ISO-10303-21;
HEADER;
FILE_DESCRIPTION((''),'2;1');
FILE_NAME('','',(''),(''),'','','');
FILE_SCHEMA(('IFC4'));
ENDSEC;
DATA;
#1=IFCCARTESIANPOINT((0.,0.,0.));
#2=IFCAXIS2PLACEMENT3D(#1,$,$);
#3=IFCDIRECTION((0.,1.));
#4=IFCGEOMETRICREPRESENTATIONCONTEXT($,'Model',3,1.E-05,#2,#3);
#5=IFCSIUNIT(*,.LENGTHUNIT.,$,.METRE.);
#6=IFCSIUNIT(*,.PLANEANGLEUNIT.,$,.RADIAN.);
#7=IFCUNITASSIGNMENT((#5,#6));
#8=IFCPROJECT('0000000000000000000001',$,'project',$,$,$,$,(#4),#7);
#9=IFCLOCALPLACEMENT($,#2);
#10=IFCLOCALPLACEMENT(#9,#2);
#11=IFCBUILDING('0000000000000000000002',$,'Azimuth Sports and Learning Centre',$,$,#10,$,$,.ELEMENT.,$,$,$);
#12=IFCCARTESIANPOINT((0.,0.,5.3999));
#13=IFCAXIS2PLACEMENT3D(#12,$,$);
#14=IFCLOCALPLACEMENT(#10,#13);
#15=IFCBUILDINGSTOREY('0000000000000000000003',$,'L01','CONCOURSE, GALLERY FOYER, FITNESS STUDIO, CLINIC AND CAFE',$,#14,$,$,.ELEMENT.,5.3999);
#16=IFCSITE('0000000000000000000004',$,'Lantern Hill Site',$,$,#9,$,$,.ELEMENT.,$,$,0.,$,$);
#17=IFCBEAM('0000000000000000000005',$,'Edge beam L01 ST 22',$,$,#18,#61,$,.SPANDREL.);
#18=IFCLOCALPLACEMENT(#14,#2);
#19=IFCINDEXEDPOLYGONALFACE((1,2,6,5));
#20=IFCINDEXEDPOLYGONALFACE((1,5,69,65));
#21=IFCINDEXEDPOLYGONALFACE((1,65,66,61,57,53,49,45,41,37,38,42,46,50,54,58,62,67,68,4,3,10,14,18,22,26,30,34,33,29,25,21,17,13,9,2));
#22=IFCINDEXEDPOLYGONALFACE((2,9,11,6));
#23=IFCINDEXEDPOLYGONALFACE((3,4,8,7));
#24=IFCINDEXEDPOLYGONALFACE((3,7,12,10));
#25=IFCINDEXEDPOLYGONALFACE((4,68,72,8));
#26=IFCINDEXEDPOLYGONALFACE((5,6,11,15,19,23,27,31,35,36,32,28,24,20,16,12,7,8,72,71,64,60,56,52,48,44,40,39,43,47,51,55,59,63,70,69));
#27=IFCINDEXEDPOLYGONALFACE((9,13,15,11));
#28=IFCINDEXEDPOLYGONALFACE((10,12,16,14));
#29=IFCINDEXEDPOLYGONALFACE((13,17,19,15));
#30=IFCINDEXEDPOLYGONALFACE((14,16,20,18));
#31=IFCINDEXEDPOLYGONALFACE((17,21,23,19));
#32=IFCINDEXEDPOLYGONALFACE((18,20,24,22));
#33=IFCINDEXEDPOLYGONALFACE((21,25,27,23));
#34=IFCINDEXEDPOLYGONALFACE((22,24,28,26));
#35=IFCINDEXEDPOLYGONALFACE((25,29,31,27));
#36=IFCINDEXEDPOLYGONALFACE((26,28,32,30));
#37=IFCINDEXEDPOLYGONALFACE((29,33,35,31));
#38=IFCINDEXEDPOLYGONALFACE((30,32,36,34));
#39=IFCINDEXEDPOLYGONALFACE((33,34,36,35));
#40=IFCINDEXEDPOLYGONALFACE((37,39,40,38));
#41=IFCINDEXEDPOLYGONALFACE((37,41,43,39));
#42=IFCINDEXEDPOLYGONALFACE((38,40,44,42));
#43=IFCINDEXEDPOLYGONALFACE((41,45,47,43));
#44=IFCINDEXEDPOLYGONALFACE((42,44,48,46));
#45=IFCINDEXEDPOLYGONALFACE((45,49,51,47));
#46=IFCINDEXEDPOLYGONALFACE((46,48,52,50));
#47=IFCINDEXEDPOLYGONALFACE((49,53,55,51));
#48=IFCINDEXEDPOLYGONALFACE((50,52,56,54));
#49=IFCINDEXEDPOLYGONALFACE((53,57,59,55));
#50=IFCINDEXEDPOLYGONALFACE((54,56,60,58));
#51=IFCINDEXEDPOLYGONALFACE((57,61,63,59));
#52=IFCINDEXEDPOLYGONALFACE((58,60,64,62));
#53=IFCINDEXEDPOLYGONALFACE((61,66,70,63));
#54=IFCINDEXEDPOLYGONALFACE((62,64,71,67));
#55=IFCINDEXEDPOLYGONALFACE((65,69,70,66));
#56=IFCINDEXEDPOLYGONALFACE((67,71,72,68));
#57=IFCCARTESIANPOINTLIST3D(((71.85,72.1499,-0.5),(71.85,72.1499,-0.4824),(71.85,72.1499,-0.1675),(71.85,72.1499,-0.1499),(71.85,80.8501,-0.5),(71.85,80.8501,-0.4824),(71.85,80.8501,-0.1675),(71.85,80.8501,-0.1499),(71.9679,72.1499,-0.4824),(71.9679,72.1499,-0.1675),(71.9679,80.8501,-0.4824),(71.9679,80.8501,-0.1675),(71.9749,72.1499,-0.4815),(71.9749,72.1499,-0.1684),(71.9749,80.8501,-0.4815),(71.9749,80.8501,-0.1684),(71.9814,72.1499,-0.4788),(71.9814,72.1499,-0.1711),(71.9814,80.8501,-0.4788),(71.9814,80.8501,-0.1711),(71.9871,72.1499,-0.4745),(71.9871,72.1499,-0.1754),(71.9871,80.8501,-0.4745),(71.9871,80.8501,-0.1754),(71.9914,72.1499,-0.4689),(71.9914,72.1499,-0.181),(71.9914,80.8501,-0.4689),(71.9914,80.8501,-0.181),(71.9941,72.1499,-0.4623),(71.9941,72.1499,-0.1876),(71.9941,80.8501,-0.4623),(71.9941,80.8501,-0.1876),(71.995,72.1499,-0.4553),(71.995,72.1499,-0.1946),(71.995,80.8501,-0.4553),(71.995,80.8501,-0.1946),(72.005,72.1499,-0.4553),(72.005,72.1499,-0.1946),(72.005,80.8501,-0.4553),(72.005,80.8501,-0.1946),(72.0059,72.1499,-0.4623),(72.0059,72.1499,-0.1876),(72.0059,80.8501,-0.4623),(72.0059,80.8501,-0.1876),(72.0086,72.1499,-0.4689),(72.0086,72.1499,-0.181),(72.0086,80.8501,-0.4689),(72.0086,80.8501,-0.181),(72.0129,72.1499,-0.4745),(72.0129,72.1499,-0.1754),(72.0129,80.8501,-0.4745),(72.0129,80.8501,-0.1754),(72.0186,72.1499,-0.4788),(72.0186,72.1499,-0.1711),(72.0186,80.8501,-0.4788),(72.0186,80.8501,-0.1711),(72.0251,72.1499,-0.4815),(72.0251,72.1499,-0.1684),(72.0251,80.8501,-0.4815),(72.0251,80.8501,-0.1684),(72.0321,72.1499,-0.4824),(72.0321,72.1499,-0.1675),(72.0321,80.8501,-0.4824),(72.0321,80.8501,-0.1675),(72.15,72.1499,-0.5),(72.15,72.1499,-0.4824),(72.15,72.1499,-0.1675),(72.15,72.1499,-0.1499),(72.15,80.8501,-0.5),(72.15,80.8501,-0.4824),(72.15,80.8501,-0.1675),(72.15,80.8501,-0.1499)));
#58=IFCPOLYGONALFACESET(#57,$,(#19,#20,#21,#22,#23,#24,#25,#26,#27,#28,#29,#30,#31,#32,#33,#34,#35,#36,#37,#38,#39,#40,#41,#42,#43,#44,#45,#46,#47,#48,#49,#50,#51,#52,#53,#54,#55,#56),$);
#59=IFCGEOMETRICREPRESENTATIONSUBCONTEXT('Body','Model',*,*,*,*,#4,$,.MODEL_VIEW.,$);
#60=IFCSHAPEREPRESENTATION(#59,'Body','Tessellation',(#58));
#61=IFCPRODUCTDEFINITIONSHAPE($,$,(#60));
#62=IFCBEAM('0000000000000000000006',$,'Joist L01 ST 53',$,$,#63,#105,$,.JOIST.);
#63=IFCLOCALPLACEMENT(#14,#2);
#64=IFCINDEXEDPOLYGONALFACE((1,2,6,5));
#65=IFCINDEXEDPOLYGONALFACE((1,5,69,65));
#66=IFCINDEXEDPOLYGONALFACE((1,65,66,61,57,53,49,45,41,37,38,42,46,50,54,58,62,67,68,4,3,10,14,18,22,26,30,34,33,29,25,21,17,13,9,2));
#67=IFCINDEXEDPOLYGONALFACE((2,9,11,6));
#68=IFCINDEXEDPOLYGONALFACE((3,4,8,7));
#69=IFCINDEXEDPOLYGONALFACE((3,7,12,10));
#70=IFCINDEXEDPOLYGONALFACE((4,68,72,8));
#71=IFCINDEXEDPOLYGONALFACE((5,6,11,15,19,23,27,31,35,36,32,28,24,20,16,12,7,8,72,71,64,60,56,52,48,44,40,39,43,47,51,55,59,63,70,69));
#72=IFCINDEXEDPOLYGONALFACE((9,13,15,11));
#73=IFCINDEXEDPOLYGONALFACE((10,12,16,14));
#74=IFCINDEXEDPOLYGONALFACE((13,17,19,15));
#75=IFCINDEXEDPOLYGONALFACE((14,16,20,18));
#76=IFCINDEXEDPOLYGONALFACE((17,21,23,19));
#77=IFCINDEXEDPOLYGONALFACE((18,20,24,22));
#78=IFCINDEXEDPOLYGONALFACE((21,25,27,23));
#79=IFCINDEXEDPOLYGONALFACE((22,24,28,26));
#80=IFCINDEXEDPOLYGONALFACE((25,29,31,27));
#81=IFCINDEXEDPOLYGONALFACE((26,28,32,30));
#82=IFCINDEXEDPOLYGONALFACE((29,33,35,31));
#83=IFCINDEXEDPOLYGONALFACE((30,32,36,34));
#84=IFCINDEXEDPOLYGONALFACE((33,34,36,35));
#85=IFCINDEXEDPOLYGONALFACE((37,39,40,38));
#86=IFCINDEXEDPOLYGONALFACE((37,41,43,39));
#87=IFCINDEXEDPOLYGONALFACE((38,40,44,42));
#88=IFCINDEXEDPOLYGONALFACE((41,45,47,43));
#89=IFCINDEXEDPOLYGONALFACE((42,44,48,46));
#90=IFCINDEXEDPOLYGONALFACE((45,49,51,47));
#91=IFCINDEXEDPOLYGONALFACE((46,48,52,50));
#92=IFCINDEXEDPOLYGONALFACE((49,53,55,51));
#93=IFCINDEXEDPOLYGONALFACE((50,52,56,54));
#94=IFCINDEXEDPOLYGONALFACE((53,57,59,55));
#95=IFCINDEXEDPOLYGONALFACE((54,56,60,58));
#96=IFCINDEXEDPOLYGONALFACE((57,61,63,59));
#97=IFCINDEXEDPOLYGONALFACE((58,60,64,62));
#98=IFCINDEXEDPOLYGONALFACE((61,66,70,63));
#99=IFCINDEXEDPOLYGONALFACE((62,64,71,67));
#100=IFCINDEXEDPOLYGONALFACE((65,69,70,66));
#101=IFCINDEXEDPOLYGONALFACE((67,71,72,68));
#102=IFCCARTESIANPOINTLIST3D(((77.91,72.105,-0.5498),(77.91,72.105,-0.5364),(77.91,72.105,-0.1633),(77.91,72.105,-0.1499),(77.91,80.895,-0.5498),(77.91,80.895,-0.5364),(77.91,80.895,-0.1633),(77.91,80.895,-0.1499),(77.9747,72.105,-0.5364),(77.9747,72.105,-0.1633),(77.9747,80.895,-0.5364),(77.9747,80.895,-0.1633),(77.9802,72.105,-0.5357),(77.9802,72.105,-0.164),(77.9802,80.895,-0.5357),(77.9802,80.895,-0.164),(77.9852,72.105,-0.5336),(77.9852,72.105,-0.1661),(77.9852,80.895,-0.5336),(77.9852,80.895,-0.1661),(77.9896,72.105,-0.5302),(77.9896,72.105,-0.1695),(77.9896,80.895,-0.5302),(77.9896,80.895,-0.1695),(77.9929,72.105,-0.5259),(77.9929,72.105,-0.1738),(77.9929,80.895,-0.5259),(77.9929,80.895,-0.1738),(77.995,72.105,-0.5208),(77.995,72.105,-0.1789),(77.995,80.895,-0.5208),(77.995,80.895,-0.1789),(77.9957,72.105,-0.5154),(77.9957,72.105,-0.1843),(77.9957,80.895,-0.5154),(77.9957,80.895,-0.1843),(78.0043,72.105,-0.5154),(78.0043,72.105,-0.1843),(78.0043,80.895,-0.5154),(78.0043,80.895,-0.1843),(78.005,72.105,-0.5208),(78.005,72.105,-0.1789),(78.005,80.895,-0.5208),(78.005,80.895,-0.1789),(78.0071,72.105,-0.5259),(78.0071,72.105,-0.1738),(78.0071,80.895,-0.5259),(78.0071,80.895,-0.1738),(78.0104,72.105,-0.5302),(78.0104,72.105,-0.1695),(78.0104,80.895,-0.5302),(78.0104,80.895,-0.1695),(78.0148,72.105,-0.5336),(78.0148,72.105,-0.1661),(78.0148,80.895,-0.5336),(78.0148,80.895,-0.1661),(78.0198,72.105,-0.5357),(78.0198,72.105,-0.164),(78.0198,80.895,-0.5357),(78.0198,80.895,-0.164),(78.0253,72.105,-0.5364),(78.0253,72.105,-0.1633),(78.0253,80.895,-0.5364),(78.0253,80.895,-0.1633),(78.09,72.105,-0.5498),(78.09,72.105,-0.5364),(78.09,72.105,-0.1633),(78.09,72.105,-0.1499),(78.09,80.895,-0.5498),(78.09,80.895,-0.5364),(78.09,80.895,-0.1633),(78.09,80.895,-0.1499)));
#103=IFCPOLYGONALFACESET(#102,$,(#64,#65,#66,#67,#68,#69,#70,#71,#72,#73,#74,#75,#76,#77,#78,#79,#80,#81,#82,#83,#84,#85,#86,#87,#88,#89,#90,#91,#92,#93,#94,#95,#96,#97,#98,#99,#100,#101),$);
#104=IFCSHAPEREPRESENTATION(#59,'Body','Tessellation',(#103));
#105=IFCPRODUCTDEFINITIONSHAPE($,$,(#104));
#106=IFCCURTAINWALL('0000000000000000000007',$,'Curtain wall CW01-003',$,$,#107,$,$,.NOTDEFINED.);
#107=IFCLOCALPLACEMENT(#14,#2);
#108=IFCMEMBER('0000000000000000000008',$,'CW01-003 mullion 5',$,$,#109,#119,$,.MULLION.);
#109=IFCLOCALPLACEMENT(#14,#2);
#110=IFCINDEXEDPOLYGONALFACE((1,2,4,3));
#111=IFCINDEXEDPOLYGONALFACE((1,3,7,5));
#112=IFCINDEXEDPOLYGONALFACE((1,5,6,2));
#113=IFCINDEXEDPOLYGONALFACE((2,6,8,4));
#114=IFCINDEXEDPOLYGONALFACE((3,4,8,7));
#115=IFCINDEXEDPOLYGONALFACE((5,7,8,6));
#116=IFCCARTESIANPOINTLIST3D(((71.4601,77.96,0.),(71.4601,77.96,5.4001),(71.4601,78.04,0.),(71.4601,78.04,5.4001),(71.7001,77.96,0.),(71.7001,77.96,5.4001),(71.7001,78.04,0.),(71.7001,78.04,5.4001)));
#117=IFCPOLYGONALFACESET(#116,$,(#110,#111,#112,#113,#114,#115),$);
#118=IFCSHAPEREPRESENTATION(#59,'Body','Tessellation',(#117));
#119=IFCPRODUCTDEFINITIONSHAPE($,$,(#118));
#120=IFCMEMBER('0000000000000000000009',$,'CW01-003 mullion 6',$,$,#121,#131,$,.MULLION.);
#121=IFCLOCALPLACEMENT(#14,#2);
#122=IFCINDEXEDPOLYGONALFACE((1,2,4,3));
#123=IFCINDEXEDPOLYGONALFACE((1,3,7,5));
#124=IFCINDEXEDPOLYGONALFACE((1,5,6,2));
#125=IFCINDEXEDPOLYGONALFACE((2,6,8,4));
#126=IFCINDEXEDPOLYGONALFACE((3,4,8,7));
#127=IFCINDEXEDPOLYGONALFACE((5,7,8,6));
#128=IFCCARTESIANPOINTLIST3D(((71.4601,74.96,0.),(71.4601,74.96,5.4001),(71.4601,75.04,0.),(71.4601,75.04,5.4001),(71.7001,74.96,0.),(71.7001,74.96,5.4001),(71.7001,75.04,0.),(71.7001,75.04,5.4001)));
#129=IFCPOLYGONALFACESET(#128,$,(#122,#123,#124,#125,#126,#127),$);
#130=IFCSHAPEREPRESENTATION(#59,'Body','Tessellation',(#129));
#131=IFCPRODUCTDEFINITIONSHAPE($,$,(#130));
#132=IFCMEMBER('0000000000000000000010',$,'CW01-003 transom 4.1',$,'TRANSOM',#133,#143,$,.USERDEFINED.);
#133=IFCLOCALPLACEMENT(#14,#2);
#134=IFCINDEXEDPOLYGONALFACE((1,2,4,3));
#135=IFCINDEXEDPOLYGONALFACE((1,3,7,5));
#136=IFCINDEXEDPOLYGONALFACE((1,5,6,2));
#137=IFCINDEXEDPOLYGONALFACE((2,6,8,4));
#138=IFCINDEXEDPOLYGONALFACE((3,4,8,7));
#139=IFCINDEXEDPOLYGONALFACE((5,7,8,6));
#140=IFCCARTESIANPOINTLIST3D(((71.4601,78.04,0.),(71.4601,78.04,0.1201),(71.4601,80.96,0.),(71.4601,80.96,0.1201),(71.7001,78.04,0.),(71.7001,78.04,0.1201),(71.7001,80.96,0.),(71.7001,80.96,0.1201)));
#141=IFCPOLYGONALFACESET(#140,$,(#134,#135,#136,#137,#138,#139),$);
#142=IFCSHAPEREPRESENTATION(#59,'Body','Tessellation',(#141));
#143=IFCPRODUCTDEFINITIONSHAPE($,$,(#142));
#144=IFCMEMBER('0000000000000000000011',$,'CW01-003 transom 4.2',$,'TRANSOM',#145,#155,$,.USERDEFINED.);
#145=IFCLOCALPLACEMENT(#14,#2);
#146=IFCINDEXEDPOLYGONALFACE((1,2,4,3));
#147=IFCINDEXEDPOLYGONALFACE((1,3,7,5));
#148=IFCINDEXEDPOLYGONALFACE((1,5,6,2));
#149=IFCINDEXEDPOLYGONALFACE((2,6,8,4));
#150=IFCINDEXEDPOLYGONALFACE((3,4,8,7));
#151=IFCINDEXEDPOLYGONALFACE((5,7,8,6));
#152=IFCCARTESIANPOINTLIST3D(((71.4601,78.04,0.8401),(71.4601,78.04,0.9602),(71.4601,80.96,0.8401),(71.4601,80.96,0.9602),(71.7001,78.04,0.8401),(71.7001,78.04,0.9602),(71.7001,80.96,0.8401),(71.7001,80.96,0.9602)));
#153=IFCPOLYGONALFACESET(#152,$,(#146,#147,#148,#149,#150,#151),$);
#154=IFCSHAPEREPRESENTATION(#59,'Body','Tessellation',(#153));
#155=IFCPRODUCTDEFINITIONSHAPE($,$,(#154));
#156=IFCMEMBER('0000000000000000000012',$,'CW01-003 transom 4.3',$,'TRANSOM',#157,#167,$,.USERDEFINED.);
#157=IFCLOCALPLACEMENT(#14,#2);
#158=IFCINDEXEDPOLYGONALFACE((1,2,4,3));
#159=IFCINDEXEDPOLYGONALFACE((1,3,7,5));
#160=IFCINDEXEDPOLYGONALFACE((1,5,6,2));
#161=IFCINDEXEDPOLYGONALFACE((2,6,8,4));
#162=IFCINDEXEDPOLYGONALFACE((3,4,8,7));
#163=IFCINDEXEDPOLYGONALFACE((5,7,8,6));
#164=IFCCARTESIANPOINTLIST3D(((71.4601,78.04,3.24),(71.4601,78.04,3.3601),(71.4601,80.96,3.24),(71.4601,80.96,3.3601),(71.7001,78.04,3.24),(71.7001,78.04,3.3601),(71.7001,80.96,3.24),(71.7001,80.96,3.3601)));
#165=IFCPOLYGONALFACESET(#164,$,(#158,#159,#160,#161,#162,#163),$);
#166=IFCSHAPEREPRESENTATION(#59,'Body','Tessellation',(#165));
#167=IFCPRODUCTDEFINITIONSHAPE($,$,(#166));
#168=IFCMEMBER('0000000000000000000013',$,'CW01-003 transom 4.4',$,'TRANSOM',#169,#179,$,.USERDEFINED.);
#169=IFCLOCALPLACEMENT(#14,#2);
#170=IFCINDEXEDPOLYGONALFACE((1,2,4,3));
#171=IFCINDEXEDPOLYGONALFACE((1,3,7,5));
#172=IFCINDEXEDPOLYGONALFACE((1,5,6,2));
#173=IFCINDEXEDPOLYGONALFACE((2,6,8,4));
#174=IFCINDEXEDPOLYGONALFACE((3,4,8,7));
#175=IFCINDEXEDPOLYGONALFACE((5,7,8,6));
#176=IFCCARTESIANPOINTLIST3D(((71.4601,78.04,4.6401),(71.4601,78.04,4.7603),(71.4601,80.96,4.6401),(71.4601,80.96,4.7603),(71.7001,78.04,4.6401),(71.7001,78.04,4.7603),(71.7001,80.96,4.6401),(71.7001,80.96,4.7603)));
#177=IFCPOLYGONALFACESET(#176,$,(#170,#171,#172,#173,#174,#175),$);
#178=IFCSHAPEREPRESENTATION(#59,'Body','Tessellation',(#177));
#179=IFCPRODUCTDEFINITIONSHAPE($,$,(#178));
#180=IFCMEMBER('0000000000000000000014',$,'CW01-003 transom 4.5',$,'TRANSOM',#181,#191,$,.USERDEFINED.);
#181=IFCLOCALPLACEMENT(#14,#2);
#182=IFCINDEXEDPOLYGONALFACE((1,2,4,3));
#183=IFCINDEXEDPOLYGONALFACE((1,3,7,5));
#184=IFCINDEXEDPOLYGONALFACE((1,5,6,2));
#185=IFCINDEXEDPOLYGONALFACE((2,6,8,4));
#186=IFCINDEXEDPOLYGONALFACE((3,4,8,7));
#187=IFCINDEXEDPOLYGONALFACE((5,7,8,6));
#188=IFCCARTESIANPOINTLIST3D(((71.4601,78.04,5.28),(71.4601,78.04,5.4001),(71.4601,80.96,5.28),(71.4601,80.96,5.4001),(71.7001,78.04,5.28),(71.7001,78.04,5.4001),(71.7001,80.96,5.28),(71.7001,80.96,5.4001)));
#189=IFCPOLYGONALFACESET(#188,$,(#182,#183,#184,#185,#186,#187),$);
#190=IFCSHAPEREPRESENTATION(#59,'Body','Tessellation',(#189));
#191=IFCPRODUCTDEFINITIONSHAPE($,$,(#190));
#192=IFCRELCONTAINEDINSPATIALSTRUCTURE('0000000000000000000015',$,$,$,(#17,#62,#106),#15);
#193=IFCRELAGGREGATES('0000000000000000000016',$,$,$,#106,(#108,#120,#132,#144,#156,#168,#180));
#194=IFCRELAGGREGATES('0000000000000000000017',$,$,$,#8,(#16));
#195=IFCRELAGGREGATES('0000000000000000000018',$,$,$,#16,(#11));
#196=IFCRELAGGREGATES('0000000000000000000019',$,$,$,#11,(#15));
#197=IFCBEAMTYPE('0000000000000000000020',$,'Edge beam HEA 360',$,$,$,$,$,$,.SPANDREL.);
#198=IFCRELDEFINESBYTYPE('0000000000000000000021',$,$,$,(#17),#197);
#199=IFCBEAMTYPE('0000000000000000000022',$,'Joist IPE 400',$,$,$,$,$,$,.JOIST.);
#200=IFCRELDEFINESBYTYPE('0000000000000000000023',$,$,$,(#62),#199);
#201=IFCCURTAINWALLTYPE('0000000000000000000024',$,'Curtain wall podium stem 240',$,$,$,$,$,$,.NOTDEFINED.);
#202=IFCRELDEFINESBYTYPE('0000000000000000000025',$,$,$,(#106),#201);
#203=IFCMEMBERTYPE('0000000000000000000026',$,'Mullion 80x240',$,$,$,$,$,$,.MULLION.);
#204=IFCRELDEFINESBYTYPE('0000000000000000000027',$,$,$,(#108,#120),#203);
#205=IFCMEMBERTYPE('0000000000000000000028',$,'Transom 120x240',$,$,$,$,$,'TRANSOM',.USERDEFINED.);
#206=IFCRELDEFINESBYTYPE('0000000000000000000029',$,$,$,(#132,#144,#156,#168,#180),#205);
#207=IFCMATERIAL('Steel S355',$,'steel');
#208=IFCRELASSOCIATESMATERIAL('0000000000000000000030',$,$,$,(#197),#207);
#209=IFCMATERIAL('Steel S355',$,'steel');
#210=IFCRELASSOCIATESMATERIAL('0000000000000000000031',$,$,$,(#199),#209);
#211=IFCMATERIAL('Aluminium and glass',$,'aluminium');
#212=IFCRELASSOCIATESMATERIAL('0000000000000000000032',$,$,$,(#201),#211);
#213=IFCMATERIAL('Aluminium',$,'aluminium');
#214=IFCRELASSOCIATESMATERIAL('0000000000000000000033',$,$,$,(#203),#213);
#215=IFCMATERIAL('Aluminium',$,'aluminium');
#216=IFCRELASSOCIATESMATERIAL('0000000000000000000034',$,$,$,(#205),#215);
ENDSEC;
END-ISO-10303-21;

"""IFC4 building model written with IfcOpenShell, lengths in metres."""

from ifc_helpers import new_model, si_unit, direction, frame, origin, origin_2d, place, context, subcontext, project, spatial, rectangle, i_section, extrude, material, material_profile, profile_set, type_object, element, aggregate, save


model = new_model("IFC4")

# Units and contexts
model_context = context("Model", 3, precision=1e-05, world=origin(), true_north=direction((0.0, 1.0)))
body_context = subcontext(model_context, "Body", "Model", "MODEL_VIEW")
ifc_project = project(units=[si_unit("LENGTHUNIT", "METRE"), si_unit("PLANEANGLEUNIT", "RADIAN")], contexts=[model_context])

# Site, building, storey
site_placement = place(None, origin())
site = spatial("IfcSite", under=ifc_project, at=site_placement, Name="Lantern Hill Site", CompositionType="ELEMENT", RefElevation=0.0)
building_placement = place(site_placement, origin())
building = spatial("IfcBuilding", under=site, at=building_placement, Name="Azimuth Sports and Learning Centre", CompositionType="ELEMENT")
storey_placement = place(building_placement, frame((0.0, 0.0, 5.3999)))
storey = spatial("IfcBuildingStorey", under=building, at=storey_placement, Name="L01", Description="CONCOURSE, GALLERY FOYER, FITNESS STUDIO, CLINIC AND CAFE", CompositionType="ELEMENT", Elevation=5.3999)

# Beams
ifc_material_1 = material(Name="Steel S355", Category="steel")
ifc_material_profile_1 = material_profile(ifc_material_1, i_section(OverallWidth=0.3, OverallDepth=0.3501, WebThickness=0.01, FlangeThickness=0.0176, FilletRadius=0.0271, at=origin_2d()), Name="HEA 360")
ifc_profile_set_1 = profile_set([ifc_material_profile_1], Name="Steel S355")
beam_type_1 = type_object("IfcBeamType", Name="Edge beam HEA 360", PredefinedType="SPANDREL", material=ifc_profile_set_1)
beam_1_placement = place(storey_placement, frame((72.0, 72.1499, -0.325), z_axis=(0.0, 1.0, 0.0), x_axis=(-1.0, 0.0, 0.0)))
element("IfcBeam", 1, at=beam_1_placement, inside=storey, type_object=beam_type_1, Name="Edge beam L01 ST 22", PredefinedType="SPANDREL", context=body_context, shape_type="SweptSolid", body=[
    extrude(i_section(OverallWidth=0.3, OverallDepth=0.3501, WebThickness=0.01, FlangeThickness=0.0176, FilletRadius=0.0271, at=origin_2d()), origin(), (0.0, 0.0, 1.0), 8.7002),
])
ifc_material_2 = material(Name="Steel S355", Category="steel")
ifc_material_profile_2 = material_profile(ifc_material_2, i_section(OverallWidth=0.1799, OverallDepth=0.3999, WebThickness=0.0085, FlangeThickness=0.0134, FilletRadius=0.021, at=origin_2d()), Name="IPE 400")
ifc_profile_set_2 = profile_set([ifc_material_profile_2], Name="Steel S355")
beam_type_2 = type_object("IfcBeamType", Name="Joist IPE 400", PredefinedType="JOIST", material=ifc_profile_set_2)
beam_2_placement = place(storey_placement, frame((78.0, 72.105, -0.3499), z_axis=(0.0, 1.0, 0.0), x_axis=(-1.0, 0.0, 0.0)))
element("IfcBeam", 2, at=beam_2_placement, inside=storey, type_object=beam_type_2, Name="Joist L01 ST 53", PredefinedType="JOIST", context=body_context, shape_type="SweptSolid", body=[
    extrude(i_section(OverallWidth=0.1799, OverallDepth=0.3999, WebThickness=0.0085, FlangeThickness=0.0134, FilletRadius=0.021, at=origin_2d()), origin(), (0.0, 0.0, 1.0), 8.79),
])

# Curtain wall, members
ifc_material_3 = material(Name="Aluminium and glass", Category="aluminium")
curtain_wall_type = type_object("IfcCurtainWallType", Name="Curtain wall podium stem 240", PredefinedType="NOTDEFINED", material=ifc_material_3)
curtain_wall_placement = place(storey_placement, origin())
curtain_wall = element("IfcCurtainWall", 3, at=curtain_wall_placement, inside=storey, type_object=curtain_wall_type, Name="Curtain wall CW01-003", PredefinedType="NOTDEFINED")
ifc_material_4 = material(Name="Aluminium", Category="aluminium")
ifc_material_profile_3 = material_profile(ifc_material_4, rectangle(XDim=0.24, YDim=0.0801, at=origin_2d()), Name="Mullion 80x240")
ifc_profile_set_3 = profile_set([ifc_material_profile_3], Name="Aluminium")
member_type_1 = type_object("IfcMemberType", Name="Mullion 80x240", PredefinedType="MULLION", material=ifc_profile_set_3)
member_1_placement = place(storey_placement, frame((71.5801, 78.0, 0.0), z_axis=(0.0, 0.0, 1.0), x_axis=(1.0, 0.0, 0.0)))
member_1 = element("IfcMember", 4, at=member_1_placement, type_object=member_type_1, Name="CW01-003 mullion 5", PredefinedType="MULLION", context=body_context, shape_type="SweptSolid", body=[
    extrude(rectangle(XDim=0.24, YDim=0.0801, at=origin_2d()), origin(), (0.0, 0.0, 1.0), 5.4001),
])
member_2_placement = place(storey_placement, frame((71.5801, 75.0, 0.0), z_axis=(0.0, 0.0, 1.0), x_axis=(1.0, 0.0, 0.0)))
member_2 = element("IfcMember", 5, at=member_2_placement, type_object=member_type_1, Name="CW01-003 mullion 6", PredefinedType="MULLION", context=body_context, shape_type="SweptSolid", body=[
    extrude(rectangle(XDim=0.24, YDim=0.0801, at=origin_2d()), origin(), (0.0, 0.0, 1.0), 5.4001),
])
ifc_material_5 = material(Name="Aluminium", Category="aluminium")
ifc_material_profile_4 = material_profile(ifc_material_5, rectangle(XDim=0.24, YDim=0.1201, at=origin_2d()), Name="Transom 120x240")
ifc_profile_set_4 = profile_set([ifc_material_profile_4], Name="Aluminium")
member_type_2 = type_object("IfcMemberType", Name="Transom 120x240", ElementType="TRANSOM", PredefinedType="USERDEFINED", material=ifc_profile_set_4)
member_3_placement = place(storey_placement, frame((71.5801, 80.96, 0.0601), z_axis=(0.0, -1.0, 0.0), x_axis=(1.0, 0.0, 0.0)))
member_3 = element("IfcMember", 6, at=member_3_placement, type_object=member_type_2, Name="CW01-003 transom 4.1", ObjectType="TRANSOM", PredefinedType="USERDEFINED", context=body_context, shape_type="SweptSolid", body=[
    extrude(rectangle(XDim=0.24, YDim=0.1201, at=origin_2d()), origin(), (0.0, 0.0, 1.0), 2.9199),
])
member_4_placement = place(storey_placement, frame((71.5801, 80.96, 0.9001), z_axis=(0.0, -1.0, 0.0), x_axis=(1.0, 0.0, 0.0)))
member_4 = element("IfcMember", 7, at=member_4_placement, type_object=member_type_2, Name="CW01-003 transom 4.2", ObjectType="TRANSOM", PredefinedType="USERDEFINED", context=body_context, shape_type="SweptSolid", body=[
    extrude(rectangle(XDim=0.24, YDim=0.1201, at=origin_2d()), origin(), (0.0, 0.0, 1.0), 2.9199),
])
member_5_placement = place(storey_placement, frame((71.5801, 80.96, 3.3), z_axis=(0.0, -1.0, 0.0), x_axis=(1.0, 0.0, 0.0)))
member_5 = element("IfcMember", 8, at=member_5_placement, type_object=member_type_2, Name="CW01-003 transom 4.3", ObjectType="TRANSOM", PredefinedType="USERDEFINED", context=body_context, shape_type="SweptSolid", body=[
    extrude(rectangle(XDim=0.24, YDim=0.1201, at=origin_2d()), origin(), (0.0, 0.0, 1.0), 2.9199),
])
member_6_placement = place(storey_placement, frame((71.5801, 80.96, 4.7002), z_axis=(0.0, -1.0, 0.0), x_axis=(1.0, 0.0, 0.0)))
member_6 = element("IfcMember", 9, at=member_6_placement, type_object=member_type_2, Name="CW01-003 transom 4.4", ObjectType="TRANSOM", PredefinedType="USERDEFINED", context=body_context, shape_type="SweptSolid", body=[
    extrude(rectangle(XDim=0.24, YDim=0.1201, at=origin_2d()), origin(), (0.0, 0.0, 1.0), 2.9199),
])
member_7_placement = place(storey_placement, frame((71.5801, 80.96, 5.3401), z_axis=(0.0, -1.0, 0.0), x_axis=(1.0, 0.0, 0.0)))
member_7 = element("IfcMember", 10, at=member_7_placement, type_object=member_type_2, Name="CW01-003 transom 4.5", ObjectType="TRANSOM", PredefinedType="USERDEFINED", context=body_context, shape_type="SweptSolid", body=[
    extrude(rectangle(XDim=0.24, YDim=0.1201, at=origin_2d()), origin(), (0.0, 0.0, 1.0), 2.9199),
])
aggregate(curtain_wall, [member_1, member_2, member_3, member_4, member_5, member_6, member_7])

save(model, "model.ifc")
